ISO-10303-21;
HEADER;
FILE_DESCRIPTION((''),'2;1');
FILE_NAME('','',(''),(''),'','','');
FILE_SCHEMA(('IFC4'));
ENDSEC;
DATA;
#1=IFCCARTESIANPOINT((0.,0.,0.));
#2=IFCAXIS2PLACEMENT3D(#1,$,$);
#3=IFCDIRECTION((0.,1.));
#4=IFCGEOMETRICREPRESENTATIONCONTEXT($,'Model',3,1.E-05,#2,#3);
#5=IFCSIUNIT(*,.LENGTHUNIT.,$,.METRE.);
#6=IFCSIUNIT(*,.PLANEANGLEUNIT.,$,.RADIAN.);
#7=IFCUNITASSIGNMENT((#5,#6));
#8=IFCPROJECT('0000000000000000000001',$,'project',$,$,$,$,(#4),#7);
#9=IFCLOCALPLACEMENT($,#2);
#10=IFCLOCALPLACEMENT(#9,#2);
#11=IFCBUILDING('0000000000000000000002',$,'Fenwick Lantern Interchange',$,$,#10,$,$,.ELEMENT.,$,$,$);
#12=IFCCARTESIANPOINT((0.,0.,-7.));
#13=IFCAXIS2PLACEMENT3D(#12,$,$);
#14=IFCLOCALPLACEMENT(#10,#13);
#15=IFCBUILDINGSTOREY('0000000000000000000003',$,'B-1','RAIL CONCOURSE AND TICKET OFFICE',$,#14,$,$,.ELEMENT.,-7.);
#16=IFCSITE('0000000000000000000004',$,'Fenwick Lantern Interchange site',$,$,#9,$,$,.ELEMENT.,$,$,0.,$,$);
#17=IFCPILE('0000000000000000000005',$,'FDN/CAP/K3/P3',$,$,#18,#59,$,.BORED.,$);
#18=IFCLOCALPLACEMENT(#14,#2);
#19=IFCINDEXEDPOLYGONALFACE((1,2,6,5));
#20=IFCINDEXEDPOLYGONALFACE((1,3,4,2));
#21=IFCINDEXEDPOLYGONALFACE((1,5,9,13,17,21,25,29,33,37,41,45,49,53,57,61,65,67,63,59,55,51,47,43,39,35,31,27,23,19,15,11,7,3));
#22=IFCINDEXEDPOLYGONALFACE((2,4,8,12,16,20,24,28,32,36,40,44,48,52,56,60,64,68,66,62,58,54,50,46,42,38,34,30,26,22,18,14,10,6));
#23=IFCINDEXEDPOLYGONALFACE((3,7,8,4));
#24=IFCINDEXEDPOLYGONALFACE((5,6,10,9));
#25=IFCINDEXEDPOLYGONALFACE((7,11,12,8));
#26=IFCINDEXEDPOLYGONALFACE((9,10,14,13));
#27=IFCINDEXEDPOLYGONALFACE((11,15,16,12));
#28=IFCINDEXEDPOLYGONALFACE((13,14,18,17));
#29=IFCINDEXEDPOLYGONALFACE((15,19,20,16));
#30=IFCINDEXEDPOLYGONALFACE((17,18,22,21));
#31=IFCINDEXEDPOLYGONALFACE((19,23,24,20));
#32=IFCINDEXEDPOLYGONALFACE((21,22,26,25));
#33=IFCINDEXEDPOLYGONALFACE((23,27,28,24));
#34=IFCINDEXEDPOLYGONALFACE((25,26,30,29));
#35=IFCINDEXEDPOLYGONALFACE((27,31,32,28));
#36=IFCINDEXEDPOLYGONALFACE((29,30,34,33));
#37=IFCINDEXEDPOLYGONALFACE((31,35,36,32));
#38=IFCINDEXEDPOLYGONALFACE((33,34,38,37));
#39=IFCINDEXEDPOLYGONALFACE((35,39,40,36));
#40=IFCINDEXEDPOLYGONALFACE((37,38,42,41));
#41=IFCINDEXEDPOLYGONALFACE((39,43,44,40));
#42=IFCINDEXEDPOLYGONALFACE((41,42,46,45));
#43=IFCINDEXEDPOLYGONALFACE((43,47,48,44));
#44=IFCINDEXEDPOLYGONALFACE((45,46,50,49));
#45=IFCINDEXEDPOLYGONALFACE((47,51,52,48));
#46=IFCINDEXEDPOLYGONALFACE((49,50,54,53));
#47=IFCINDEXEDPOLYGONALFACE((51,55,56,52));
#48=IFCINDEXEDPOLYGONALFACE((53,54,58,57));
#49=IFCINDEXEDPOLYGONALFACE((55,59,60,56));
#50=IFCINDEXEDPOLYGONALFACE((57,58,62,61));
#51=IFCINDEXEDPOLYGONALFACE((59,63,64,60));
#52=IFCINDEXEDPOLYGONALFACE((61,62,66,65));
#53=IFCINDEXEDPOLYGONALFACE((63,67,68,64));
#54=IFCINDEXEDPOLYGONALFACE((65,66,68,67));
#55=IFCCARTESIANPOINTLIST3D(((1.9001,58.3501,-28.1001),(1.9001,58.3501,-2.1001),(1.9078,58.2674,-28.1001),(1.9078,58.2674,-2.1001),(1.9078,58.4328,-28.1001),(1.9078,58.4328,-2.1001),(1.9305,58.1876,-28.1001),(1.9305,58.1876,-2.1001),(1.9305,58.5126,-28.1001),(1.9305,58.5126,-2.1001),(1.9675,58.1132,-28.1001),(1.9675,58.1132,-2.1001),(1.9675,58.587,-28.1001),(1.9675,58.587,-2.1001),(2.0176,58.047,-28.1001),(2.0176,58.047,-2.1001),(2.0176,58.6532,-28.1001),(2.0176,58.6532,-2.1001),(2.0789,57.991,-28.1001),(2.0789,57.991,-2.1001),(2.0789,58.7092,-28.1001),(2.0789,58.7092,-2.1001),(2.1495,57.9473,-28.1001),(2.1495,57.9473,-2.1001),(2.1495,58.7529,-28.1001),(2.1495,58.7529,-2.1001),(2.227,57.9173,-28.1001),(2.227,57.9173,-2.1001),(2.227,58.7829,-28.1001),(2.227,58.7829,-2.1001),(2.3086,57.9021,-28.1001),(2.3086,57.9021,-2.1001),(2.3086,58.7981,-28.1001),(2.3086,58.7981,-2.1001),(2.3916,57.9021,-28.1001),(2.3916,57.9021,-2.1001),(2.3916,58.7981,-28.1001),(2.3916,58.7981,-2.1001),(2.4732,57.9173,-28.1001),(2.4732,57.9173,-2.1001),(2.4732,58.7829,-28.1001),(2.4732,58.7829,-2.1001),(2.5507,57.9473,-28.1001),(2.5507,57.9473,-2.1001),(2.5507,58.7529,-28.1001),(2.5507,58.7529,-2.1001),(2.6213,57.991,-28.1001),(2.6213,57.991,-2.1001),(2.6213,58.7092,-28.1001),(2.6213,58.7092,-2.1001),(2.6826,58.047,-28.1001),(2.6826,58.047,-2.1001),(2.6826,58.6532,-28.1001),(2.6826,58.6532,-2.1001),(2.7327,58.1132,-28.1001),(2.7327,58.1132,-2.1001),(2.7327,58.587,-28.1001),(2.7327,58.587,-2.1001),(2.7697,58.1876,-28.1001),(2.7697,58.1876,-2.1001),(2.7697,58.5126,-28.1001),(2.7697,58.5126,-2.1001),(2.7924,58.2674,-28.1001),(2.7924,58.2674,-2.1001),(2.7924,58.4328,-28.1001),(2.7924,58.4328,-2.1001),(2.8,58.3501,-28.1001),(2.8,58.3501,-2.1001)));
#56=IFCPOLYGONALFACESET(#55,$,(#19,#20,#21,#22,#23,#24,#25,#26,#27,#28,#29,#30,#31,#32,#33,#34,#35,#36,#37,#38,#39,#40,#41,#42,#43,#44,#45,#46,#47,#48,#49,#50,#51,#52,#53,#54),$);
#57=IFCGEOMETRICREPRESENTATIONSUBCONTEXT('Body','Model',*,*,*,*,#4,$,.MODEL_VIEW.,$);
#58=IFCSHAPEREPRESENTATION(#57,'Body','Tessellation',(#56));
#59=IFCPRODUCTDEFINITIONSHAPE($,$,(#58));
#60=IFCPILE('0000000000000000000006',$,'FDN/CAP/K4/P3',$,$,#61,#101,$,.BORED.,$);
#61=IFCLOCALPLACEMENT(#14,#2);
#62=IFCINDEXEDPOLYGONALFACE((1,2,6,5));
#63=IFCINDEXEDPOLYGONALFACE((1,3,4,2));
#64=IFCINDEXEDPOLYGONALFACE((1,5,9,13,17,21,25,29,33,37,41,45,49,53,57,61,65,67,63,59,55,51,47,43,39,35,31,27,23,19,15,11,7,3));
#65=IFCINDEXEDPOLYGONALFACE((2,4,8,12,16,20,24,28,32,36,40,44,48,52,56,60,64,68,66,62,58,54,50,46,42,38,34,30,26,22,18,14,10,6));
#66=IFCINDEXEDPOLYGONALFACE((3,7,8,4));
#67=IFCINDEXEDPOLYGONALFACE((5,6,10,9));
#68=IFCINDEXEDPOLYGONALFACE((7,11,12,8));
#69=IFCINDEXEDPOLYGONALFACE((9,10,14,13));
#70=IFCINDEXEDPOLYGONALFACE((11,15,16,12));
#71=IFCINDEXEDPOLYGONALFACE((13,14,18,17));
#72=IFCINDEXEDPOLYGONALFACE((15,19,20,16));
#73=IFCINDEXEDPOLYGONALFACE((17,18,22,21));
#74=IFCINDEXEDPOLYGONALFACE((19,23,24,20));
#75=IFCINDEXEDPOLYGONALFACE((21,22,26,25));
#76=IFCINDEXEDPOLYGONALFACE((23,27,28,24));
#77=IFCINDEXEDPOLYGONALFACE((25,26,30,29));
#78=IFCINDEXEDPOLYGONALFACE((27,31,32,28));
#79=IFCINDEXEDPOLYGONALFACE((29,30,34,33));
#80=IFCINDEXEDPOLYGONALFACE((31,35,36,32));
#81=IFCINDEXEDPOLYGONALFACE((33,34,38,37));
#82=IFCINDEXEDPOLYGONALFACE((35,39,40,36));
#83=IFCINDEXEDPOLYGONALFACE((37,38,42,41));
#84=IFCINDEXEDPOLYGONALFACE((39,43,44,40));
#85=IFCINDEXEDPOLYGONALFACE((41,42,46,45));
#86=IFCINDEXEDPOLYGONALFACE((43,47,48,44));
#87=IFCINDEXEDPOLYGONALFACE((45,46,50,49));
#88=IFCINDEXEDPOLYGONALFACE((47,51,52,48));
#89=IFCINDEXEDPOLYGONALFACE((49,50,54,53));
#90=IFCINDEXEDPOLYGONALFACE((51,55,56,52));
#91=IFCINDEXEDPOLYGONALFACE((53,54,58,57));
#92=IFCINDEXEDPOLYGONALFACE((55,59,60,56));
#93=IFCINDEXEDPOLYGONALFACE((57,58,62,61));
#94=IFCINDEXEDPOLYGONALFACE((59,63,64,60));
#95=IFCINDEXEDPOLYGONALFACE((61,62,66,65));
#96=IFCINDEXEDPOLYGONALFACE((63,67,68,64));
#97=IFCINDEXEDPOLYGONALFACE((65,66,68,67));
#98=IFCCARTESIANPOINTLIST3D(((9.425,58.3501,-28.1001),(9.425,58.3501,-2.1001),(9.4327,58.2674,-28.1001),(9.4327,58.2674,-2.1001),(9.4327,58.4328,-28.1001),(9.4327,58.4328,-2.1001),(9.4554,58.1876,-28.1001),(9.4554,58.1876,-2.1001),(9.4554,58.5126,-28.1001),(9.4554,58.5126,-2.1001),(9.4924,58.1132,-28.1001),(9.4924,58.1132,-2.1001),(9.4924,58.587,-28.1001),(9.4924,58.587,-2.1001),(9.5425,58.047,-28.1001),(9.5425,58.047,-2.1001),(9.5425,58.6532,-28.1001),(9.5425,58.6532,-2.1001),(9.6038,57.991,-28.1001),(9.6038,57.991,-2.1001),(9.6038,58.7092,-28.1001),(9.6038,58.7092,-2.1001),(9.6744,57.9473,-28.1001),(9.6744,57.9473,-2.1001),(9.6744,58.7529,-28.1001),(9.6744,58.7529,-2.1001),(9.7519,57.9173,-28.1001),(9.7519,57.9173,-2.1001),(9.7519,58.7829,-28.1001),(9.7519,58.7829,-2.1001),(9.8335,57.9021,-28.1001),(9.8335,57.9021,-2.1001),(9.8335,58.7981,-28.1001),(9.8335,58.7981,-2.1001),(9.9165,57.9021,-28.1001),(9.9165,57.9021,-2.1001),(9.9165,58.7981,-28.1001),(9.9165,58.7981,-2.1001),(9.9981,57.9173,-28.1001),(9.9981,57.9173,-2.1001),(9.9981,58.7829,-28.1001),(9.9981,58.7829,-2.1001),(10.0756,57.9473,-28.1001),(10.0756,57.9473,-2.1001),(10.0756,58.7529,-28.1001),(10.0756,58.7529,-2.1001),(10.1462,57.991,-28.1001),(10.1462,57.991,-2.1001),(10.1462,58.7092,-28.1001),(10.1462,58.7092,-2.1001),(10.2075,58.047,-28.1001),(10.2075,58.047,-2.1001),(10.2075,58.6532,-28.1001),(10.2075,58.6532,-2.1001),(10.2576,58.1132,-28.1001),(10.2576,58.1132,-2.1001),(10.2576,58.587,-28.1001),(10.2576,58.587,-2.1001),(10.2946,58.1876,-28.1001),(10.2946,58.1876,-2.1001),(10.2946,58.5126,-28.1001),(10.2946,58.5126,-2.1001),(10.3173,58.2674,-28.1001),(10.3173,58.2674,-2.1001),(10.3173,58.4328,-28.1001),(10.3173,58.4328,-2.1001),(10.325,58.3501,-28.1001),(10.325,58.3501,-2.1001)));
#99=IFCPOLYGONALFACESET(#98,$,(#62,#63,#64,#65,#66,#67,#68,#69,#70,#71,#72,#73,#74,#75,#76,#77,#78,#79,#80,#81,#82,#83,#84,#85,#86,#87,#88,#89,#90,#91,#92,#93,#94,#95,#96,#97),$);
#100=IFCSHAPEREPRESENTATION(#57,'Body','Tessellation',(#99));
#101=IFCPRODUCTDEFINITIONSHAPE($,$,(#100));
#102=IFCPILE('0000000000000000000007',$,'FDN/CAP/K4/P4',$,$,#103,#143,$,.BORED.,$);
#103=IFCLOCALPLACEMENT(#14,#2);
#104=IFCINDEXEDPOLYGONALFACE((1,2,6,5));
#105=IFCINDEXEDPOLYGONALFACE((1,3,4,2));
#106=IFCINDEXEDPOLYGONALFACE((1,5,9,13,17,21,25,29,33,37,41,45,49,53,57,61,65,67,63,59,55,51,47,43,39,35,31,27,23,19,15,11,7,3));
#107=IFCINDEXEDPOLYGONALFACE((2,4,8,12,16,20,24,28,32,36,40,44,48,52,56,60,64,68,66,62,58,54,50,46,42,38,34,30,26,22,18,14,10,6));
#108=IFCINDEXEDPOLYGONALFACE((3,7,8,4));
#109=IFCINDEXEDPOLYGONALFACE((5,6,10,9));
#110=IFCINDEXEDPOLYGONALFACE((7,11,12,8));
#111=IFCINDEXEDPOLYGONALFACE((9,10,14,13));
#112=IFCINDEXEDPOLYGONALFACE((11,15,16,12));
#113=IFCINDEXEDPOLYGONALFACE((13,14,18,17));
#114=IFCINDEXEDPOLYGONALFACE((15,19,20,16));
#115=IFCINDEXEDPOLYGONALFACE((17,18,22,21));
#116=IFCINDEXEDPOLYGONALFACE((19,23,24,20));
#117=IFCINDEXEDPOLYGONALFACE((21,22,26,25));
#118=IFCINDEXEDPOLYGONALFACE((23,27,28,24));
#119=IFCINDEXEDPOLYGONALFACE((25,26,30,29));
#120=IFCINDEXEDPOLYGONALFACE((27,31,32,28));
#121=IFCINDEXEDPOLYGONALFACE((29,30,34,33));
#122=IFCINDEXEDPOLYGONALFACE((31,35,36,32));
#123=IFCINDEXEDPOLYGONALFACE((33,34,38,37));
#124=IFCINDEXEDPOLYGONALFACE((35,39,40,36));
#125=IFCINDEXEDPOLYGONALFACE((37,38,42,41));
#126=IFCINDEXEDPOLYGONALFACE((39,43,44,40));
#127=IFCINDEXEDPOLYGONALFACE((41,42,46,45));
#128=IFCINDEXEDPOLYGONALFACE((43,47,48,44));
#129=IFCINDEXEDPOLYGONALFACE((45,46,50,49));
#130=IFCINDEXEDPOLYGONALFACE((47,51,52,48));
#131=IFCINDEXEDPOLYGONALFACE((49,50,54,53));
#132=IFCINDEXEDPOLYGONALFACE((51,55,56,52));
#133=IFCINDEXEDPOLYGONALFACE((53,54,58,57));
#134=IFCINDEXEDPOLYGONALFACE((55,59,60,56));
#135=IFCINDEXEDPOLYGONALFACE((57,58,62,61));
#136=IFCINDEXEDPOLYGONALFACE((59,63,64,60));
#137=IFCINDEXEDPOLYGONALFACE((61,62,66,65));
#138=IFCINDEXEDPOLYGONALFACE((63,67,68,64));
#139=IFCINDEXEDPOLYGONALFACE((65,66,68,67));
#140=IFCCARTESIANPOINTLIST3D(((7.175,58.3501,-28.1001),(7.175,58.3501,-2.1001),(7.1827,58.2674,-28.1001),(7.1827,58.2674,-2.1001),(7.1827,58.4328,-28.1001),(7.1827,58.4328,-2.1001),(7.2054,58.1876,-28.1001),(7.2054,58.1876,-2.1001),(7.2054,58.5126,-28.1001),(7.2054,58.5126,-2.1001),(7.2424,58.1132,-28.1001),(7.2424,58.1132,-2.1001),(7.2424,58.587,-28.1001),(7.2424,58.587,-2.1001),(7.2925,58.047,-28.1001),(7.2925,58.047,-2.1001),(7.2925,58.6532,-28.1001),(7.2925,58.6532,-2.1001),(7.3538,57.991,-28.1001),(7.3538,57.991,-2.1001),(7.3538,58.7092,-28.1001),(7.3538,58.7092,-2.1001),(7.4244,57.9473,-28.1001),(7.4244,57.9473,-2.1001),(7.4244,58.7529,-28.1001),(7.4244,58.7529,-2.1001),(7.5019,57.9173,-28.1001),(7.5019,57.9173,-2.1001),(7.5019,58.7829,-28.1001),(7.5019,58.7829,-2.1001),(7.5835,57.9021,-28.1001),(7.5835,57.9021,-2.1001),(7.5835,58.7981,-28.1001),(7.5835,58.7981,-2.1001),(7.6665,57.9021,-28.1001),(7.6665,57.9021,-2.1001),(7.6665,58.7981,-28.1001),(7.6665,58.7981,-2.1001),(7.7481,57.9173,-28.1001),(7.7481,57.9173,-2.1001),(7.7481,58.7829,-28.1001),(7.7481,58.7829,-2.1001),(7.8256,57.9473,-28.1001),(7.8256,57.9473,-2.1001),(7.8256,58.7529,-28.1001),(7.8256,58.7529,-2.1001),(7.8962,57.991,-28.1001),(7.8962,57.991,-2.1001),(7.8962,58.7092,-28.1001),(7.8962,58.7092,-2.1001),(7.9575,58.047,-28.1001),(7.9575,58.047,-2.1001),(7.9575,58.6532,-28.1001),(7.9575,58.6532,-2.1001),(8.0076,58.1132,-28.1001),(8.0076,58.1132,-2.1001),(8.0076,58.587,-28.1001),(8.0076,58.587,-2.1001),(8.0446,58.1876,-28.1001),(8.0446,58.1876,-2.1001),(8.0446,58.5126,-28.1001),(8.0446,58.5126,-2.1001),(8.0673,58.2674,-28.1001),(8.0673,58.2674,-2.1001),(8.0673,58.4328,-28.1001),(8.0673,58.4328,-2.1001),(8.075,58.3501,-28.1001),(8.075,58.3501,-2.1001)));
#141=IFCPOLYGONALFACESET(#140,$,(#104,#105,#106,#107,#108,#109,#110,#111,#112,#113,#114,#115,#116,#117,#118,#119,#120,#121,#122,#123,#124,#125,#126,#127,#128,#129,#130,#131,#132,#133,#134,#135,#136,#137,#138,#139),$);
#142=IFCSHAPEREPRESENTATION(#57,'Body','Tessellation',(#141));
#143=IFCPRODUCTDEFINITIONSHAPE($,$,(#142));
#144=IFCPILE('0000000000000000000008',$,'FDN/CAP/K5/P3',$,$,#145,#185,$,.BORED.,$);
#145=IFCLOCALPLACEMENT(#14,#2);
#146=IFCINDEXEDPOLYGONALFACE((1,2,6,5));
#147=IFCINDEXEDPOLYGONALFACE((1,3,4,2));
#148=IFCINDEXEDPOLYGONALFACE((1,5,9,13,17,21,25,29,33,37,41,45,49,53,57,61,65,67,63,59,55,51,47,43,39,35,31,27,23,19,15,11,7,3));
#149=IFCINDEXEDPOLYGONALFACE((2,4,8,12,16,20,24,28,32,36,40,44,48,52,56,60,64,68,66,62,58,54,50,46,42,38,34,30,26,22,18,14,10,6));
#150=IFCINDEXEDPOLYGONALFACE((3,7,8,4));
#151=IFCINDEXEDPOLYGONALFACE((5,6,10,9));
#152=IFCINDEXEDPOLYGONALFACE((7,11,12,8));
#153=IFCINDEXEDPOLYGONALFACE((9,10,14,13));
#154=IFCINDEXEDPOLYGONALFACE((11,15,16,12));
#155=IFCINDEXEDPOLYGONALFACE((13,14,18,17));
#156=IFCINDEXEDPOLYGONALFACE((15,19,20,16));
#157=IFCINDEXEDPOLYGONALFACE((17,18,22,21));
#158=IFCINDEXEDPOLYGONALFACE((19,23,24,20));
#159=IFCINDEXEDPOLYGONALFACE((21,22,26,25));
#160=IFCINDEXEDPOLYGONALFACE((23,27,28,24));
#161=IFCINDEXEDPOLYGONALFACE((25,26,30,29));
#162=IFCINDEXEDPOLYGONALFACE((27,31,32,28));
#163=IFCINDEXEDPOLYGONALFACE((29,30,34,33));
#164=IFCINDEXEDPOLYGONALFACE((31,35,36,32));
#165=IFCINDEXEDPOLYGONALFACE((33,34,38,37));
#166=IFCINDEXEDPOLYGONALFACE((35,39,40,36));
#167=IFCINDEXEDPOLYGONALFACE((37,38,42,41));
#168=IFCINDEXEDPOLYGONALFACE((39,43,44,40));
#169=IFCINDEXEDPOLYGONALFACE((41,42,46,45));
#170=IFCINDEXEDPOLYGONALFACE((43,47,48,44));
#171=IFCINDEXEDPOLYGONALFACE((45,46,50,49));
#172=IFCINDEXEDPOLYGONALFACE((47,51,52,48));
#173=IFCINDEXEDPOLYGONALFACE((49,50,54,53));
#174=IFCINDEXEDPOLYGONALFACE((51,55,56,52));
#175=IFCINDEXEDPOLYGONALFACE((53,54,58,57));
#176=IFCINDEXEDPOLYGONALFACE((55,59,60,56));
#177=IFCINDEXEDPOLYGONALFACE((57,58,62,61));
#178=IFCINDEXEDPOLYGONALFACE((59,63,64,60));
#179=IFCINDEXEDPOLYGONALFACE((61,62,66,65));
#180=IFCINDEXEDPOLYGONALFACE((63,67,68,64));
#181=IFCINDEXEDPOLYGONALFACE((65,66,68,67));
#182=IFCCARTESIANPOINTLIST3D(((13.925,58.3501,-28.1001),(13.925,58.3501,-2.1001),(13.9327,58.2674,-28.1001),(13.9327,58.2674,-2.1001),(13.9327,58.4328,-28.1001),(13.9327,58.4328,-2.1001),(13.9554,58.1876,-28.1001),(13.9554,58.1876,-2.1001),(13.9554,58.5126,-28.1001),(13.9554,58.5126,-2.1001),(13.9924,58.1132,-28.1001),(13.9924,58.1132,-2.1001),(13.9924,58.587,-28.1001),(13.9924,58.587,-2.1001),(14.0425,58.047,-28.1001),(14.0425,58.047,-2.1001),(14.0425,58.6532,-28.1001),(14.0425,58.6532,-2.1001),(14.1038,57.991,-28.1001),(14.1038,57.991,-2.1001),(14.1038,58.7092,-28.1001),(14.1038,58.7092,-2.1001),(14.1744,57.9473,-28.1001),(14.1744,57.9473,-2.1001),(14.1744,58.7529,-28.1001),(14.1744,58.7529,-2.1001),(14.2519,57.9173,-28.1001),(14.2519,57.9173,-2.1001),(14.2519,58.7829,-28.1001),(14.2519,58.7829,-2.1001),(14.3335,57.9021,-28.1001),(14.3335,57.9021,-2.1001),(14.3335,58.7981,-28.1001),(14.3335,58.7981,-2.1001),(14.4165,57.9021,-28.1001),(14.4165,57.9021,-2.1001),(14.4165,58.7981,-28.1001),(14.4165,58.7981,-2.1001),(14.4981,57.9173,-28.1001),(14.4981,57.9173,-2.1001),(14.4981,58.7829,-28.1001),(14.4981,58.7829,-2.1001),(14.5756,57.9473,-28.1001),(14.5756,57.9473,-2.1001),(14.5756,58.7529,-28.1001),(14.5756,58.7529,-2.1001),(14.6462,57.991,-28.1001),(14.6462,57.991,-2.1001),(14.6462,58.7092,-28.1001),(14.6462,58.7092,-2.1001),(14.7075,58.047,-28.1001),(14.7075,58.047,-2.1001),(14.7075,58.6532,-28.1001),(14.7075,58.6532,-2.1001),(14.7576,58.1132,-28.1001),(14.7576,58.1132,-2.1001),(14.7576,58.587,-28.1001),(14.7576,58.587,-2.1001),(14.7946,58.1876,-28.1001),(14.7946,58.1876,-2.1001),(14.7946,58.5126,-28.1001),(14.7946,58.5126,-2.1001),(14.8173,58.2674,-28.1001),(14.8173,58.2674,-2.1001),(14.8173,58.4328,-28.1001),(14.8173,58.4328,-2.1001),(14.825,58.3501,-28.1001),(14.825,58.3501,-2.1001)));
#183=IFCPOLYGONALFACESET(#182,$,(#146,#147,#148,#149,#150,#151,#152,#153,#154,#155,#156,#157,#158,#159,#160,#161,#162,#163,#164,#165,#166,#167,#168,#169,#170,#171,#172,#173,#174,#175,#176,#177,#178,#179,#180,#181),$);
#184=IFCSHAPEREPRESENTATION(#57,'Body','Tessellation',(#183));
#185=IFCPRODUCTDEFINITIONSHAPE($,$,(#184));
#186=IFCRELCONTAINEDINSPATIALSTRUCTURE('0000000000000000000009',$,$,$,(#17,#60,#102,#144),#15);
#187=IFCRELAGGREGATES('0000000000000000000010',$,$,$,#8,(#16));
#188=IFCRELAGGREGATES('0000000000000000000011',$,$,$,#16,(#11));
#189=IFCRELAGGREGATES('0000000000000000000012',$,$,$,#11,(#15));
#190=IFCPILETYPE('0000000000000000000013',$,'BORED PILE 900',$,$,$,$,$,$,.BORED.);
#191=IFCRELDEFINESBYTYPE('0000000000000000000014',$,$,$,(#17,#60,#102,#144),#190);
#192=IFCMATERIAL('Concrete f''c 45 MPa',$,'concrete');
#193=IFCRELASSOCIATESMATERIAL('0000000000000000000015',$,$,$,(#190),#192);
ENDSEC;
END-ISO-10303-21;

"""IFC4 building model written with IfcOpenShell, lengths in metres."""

from ifc_helpers import new_model, si_unit, direction, frame, origin, origin_2d, place, context, subcontext, project, spatial, circle, extrude, material, type_object, element, save


model = new_model("IFC4")

# Units and contexts
model_context = context("Model", 3, precision=1e-05, world=origin(), true_north=direction((0.0, 1.0)))
body_context = subcontext(model_context, "Body", "Model", "MODEL_VIEW")
ifc_project = project(units=[si_unit("LENGTHUNIT", "METRE"), si_unit("PLANEANGLEUNIT", "RADIAN")], contexts=[model_context])

# Site, building, storey
site_placement = place(None, origin())
site = spatial("IfcSite", under=ifc_project, at=site_placement, Name="Fenwick Lantern Interchange site", CompositionType="ELEMENT", RefElevation=0.0)
building_placement = place(site_placement, origin())
building = spatial("IfcBuilding", under=site, at=building_placement, Name="Fenwick Lantern Interchange", CompositionType="ELEMENT")
storey_placement = place(building_placement, frame((0.0, 0.0, -7.0)))
storey = spatial("IfcBuildingStorey", under=building, at=storey_placement, Name="B-1", Description="RAIL CONCOURSE AND TICKET OFFICE", CompositionType="ELEMENT", Elevation=-7.0)

# Piles
ifc_material_1 = material(Name="Concrete f'c 45 MPa", Category="concrete")
pile_type = type_object("IfcPileType", Name="BORED PILE 900", PredefinedType="BORED", material=ifc_material_1)
for number, where, z_axis, x_axis, name in (
    (1, (2.3501, 58.3501, -2.1001), (0.0, 0.0, -1.0), (1.0, 0.0, 0.0), "FDN/CAP/K3/P3"),
    (2, (9.875, 58.3501, -2.1001), (0.0, 0.0, -1.0), (1.0, 0.0, 0.0), "FDN/CAP/K4/P3"),
    (3, (7.625, 58.3501, -2.1001), (0.0, 0.0, -1.0), (1.0, 0.0, 0.0), "FDN/CAP/K4/P4"),
    (4, (14.375, 58.3501, -2.1001), (0.0, 0.0, -1.0), (1.0, 0.0, 0.0), "FDN/CAP/K5/P3"),
):
    element("IfcPile", number, at=place(storey_placement, frame(where, z_axis=z_axis, x_axis=x_axis)), inside=storey, type_object=pile_type, Name=name, PredefinedType="BORED", context=body_context, shape_type="SweptSolid", body=[
        extrude(circle(Radius=0.45, at=origin_2d()), origin(), (0.0, 0.0, 1.0), 26.0),
    ])

save(model, "model.ifc")
